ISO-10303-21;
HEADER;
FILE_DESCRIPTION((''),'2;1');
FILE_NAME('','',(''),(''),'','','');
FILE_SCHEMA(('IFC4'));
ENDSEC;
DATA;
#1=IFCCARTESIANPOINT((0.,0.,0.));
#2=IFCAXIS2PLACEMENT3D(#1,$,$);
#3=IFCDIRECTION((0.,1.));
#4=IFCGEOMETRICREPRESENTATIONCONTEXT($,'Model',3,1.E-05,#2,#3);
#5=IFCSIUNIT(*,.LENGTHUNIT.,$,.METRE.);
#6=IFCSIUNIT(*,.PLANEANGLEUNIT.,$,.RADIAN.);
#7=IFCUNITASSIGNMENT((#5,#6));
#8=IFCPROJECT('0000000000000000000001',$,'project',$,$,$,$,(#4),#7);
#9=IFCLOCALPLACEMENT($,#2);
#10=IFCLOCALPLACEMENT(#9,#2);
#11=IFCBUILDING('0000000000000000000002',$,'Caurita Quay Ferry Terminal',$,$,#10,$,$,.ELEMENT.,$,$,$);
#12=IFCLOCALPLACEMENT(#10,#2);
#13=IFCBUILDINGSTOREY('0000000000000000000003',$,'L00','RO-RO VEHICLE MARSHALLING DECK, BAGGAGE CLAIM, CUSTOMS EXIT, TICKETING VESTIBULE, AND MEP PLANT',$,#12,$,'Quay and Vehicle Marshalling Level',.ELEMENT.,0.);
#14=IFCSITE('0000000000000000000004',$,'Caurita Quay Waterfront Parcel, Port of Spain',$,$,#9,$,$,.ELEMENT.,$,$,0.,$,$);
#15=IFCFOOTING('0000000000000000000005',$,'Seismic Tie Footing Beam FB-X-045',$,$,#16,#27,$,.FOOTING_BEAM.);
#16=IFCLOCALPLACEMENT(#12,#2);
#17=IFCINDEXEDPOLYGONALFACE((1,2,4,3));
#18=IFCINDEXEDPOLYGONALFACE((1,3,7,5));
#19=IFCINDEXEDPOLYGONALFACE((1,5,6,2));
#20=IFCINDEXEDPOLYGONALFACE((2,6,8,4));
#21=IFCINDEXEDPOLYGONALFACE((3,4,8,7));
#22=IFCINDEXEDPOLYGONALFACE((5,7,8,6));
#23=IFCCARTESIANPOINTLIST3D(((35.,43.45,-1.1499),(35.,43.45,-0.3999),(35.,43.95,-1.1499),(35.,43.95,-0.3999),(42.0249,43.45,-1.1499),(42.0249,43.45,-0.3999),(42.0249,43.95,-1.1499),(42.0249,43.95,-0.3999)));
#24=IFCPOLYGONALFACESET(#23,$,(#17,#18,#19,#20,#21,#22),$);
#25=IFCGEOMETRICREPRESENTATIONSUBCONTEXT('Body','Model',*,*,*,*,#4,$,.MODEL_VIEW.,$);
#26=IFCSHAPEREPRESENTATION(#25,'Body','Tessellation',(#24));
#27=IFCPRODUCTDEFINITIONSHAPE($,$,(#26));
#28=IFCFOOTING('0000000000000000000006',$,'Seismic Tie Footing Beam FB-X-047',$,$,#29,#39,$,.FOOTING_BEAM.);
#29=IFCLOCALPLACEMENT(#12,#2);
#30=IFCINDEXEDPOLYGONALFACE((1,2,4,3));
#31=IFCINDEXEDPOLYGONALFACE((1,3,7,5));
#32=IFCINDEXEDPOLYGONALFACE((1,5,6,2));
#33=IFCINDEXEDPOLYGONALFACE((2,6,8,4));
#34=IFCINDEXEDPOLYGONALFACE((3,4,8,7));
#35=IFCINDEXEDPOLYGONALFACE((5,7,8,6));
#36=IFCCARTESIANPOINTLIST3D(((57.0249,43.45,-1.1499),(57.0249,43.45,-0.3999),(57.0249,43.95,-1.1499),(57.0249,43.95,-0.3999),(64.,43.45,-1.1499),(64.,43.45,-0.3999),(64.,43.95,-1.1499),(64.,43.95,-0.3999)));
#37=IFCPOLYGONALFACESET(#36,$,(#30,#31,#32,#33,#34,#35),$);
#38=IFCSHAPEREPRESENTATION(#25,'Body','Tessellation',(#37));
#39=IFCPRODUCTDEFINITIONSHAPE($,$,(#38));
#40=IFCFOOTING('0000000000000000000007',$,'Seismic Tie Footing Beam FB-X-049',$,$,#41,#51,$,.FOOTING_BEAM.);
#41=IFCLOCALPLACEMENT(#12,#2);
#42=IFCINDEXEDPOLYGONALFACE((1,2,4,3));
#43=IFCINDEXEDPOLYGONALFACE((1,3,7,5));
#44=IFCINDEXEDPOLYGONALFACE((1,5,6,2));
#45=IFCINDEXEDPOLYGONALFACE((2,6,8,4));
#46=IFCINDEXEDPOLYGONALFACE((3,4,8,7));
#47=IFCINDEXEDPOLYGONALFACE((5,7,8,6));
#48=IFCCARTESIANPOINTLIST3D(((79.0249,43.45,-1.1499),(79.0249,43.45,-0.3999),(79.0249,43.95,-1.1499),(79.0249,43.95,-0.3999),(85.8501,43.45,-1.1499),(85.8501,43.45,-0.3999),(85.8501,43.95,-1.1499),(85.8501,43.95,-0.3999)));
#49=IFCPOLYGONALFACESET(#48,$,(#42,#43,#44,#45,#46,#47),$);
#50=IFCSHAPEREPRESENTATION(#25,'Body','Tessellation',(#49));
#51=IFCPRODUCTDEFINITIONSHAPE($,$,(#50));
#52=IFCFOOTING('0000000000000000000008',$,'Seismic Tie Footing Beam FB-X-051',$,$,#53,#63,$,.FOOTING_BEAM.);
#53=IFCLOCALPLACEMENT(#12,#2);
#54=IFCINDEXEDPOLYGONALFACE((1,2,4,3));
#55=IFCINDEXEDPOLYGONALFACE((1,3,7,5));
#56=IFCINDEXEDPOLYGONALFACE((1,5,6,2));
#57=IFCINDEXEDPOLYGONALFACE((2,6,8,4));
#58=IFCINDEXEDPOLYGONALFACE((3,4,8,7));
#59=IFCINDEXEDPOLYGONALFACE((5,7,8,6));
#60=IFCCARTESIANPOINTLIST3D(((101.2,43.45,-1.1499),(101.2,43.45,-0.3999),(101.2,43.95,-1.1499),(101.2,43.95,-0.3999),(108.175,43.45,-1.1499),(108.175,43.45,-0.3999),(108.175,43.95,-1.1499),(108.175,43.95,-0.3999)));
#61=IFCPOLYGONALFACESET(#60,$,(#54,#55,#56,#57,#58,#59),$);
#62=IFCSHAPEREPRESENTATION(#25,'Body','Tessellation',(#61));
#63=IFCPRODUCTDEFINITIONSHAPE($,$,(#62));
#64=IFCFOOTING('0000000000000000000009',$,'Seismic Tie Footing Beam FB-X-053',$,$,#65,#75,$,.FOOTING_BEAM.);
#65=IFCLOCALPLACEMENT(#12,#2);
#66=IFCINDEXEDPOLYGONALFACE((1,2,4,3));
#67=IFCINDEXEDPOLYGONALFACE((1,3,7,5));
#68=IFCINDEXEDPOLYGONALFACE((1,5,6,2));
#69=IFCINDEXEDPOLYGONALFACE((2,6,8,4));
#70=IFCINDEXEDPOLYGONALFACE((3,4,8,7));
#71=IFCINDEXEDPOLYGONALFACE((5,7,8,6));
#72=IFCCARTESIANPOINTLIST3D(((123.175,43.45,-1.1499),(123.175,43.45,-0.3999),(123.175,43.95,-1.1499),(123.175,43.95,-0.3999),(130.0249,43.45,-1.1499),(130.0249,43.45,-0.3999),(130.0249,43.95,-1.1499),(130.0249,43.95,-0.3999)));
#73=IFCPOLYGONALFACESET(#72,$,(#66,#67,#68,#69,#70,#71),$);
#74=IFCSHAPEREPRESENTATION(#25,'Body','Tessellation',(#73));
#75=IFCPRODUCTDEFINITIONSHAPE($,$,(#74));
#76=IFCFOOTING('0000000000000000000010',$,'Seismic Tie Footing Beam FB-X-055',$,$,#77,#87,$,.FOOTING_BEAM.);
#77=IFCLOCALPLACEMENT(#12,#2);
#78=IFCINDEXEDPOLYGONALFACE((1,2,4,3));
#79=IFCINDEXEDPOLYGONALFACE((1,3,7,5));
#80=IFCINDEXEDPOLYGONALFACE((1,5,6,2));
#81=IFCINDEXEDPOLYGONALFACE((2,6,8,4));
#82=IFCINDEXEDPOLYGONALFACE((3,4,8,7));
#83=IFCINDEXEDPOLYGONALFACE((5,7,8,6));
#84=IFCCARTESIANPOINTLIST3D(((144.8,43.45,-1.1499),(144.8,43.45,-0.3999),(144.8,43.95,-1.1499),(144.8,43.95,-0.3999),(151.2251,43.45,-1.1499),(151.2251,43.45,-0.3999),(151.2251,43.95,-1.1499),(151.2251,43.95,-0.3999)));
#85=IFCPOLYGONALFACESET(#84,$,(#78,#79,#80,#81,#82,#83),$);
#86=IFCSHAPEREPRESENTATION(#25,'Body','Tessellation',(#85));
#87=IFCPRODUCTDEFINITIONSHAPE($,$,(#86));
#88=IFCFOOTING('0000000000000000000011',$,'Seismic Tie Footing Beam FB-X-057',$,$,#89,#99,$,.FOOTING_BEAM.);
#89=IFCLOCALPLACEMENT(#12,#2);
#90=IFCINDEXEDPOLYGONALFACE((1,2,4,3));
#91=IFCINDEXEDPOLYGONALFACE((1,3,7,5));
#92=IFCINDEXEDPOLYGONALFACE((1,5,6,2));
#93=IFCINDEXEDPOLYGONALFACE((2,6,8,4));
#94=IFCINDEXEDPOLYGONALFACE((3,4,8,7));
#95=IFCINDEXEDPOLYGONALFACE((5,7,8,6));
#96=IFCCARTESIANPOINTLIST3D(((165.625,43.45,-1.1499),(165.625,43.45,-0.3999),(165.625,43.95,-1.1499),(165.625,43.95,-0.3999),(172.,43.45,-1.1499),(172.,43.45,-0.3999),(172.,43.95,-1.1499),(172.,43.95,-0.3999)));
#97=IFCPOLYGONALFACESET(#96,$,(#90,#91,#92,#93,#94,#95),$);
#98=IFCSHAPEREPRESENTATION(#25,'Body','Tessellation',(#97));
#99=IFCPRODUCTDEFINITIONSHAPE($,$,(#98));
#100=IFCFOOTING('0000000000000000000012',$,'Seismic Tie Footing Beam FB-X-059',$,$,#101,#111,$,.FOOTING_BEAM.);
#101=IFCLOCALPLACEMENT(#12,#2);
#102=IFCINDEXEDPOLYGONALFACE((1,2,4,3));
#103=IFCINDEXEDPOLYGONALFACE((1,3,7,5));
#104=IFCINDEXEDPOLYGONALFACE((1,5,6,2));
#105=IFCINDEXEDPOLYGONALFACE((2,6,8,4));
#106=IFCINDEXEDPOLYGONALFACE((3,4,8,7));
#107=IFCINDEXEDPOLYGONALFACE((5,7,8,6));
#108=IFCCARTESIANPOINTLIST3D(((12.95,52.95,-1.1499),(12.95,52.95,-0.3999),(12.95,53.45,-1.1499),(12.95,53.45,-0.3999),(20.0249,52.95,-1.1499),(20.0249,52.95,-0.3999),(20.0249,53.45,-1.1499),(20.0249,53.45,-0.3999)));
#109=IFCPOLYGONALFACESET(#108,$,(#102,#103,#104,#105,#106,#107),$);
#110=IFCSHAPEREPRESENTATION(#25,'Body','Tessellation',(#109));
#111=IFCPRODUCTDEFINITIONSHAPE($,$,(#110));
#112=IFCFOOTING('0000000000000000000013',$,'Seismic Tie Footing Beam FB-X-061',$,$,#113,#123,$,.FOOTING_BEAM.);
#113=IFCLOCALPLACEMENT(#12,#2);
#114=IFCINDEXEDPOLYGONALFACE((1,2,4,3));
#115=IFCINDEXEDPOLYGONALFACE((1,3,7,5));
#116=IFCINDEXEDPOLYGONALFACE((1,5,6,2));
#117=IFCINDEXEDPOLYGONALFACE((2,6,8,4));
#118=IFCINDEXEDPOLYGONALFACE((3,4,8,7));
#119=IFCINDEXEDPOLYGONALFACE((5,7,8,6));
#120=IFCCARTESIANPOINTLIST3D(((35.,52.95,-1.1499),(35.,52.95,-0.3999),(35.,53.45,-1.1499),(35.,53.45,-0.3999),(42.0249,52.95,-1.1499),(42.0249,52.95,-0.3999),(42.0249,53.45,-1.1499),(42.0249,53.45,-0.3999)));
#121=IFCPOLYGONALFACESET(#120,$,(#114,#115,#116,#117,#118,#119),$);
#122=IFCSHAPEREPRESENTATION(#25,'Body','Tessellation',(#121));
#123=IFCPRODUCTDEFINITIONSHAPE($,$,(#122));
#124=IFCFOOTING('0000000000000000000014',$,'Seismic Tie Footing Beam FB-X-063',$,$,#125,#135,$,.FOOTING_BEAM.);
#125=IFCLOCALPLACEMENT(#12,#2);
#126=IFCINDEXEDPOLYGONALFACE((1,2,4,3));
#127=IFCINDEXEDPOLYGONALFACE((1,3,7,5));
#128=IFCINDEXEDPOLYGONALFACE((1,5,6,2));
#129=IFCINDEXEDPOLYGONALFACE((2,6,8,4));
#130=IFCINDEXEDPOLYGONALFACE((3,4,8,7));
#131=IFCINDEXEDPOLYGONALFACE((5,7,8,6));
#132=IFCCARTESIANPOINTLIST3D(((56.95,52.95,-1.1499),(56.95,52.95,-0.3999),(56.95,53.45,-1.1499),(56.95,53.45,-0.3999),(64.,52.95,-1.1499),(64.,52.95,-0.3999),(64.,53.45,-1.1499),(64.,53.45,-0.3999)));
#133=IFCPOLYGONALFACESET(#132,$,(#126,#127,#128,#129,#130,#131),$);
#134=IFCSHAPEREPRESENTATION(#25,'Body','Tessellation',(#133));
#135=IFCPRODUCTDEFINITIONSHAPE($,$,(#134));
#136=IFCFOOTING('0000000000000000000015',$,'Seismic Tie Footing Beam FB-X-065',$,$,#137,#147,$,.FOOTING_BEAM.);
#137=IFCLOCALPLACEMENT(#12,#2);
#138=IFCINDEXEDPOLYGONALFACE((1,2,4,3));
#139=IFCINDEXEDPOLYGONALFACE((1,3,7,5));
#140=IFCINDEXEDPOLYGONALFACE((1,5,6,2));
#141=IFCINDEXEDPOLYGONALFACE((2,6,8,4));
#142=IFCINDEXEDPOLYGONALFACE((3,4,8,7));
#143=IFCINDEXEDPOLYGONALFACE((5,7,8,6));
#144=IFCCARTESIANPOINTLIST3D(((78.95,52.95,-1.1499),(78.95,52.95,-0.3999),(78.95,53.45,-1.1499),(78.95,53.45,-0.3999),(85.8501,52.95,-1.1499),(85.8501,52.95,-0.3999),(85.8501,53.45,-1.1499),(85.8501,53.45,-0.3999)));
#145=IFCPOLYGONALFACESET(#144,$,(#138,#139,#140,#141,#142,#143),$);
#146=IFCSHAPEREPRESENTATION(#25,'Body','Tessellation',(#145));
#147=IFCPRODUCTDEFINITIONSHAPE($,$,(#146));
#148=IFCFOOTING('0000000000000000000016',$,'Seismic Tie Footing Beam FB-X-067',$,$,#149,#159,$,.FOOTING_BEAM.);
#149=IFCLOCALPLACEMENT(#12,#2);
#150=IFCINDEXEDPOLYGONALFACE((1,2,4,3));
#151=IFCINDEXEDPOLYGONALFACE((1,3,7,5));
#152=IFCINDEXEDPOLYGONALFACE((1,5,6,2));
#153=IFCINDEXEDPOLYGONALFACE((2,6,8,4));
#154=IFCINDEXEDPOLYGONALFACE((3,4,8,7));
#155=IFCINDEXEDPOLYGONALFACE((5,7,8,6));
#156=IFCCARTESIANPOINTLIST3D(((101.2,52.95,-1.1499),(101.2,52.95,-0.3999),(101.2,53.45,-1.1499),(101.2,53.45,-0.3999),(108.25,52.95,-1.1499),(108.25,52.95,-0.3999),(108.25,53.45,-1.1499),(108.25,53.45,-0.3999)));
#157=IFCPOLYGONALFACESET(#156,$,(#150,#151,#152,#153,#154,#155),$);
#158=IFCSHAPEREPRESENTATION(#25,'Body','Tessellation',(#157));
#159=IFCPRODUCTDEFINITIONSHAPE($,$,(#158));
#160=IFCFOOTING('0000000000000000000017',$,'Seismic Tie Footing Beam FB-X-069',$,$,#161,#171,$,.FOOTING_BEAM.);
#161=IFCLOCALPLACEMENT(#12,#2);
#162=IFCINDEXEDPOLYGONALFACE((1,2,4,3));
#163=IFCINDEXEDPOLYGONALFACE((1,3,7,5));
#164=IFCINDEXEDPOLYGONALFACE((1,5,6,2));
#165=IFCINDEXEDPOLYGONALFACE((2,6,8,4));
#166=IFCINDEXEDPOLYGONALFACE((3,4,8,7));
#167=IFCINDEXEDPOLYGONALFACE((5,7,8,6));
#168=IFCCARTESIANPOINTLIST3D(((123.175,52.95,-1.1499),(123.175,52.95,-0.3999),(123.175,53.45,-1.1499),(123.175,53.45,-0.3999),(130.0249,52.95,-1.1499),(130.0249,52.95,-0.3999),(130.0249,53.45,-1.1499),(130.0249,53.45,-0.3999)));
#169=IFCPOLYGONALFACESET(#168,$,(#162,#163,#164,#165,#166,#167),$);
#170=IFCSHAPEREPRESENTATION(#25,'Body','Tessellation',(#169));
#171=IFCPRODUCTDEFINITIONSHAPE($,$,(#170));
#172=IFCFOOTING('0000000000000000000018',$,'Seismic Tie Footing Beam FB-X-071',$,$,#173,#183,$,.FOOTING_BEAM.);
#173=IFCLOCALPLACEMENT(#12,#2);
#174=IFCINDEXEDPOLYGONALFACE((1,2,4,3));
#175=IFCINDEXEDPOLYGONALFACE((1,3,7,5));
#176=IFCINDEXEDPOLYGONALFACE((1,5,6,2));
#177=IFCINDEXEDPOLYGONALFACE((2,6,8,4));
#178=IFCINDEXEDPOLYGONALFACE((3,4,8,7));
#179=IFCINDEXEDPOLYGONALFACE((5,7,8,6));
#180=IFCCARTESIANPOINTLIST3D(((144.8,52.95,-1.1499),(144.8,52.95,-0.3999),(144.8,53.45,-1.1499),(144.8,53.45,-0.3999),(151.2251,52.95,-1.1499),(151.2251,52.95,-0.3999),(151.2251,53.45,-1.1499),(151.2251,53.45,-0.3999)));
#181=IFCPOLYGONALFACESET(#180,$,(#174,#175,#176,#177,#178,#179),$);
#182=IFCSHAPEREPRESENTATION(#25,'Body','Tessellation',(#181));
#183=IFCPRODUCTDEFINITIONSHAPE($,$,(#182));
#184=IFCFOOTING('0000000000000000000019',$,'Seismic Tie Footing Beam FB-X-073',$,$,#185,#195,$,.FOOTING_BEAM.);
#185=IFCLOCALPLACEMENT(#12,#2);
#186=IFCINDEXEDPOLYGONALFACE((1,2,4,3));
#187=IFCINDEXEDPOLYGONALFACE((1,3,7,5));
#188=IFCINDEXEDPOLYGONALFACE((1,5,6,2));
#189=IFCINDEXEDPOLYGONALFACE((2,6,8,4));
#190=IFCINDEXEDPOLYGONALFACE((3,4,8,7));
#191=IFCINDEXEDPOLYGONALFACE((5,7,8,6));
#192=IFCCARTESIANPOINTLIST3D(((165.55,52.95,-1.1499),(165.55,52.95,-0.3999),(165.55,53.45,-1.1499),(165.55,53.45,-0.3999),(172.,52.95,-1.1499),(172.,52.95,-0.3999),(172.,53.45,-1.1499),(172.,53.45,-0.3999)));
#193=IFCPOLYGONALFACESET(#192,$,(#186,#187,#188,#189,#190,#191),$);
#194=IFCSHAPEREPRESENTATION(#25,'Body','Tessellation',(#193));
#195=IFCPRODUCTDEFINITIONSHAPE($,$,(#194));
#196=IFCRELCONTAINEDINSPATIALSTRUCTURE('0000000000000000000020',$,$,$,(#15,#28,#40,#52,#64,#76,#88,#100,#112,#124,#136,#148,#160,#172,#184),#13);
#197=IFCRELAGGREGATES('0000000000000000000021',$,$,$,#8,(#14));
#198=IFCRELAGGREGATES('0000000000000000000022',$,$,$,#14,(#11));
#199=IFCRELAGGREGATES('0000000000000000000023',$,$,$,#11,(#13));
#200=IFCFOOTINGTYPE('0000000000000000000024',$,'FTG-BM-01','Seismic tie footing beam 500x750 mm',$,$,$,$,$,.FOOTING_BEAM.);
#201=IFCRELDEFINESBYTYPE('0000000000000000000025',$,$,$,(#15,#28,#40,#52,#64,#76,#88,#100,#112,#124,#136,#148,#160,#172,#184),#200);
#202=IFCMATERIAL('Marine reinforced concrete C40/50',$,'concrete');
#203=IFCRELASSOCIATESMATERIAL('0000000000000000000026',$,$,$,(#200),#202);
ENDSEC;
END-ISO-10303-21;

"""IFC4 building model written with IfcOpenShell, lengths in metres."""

from ifc_helpers import new_model, si_unit, direction, frame, origin, place, context, subcontext, project, spatial, polyline, outline, extrude, material, type_object, element, save


model = new_model("IFC4")

# Units and contexts
model_context = context("Model", 3, precision=1e-05, world=origin(), true_north=direction((0.0, 1.0)))
body_context = subcontext(model_context, "Body", "Model", "MODEL_VIEW")
ifc_project = project(units=[si_unit("LENGTHUNIT", "METRE"), si_unit("PLANEANGLEUNIT", "RADIAN")], contexts=[model_context])

# Site, building, storey
site_placement = place(None, origin())
site = spatial("IfcSite", under=ifc_project, at=site_placement, Name="Caurita Quay Waterfront Parcel, Port of Spain", CompositionType="ELEMENT", RefElevation=0.0)
building_placement = place(site_placement, origin())
building = spatial("IfcBuilding", under=site, at=building_placement, Name="Caurita Quay Ferry Terminal", CompositionType="ELEMENT")
storey_placement = place(building_placement, origin())
storey = spatial("IfcBuildingStorey", under=building, at=storey_placement, Name="L00", Description="RO-RO VEHICLE MARSHALLING DECK, BAGGAGE CLAIM, CUSTOMS EXIT, TICKETING VESTIBULE, AND MEP PLANT", LongName="Quay and Vehicle Marshalling Level", CompositionType="ELEMENT", Elevation=0.0)

# Footings
ifc_material = material(Name="Marine reinforced concrete C40/50", Category="concrete")
footing_type = type_object("IfcFootingType", Name="FTG-BM-01", Description="Seismic tie footing beam 500x750 mm", PredefinedType="FOOTING_BEAM", material=ifc_material)
footing_1_placement = place(storey_placement, frame((0.0, 0.0, -1.1499)))
element("IfcFooting", 1, at=footing_1_placement, inside=storey, type_object=footing_type, Name="Seismic Tie Footing Beam FB-X-045", PredefinedType="FOOTING_BEAM", context=body_context, shape_type="SweptSolid", body=[
    extrude(outline(polyline([(35.0, 43.45), (42.0249, 43.45), (42.0249, 43.95), (35.0, 43.95), (35.0, 43.45)])), origin(), (0.0, 0.0, 1.0), 0.75),
])
footing_2_placement = place(storey_placement, frame((0.0, 0.0, -1.1499)))
element("IfcFooting", 2, at=footing_2_placement, inside=storey, type_object=footing_type, Name="Seismic Tie Footing Beam FB-X-047", PredefinedType="FOOTING_BEAM", context=body_context, shape_type="SweptSolid", body=[
    extrude(outline(polyline([(57.0249, 43.45), (64.0, 43.45), (64.0, 43.95), (57.0249, 43.95), (57.0249, 43.45)])), origin(), (0.0, 0.0, 1.0), 0.75),
])
footing_3_placement = place(storey_placement, frame((0.0, 0.0, -1.1499)))
element("IfcFooting", 3, at=footing_3_placement, inside=storey, type_object=footing_type, Name="Seismic Tie Footing Beam FB-X-049", PredefinedType="FOOTING_BEAM", context=body_context, shape_type="SweptSolid", body=[
    extrude(outline(polyline([(79.0249, 43.45), (85.8501, 43.45), (85.8501, 43.95), (79.0249, 43.95), (79.0249, 43.45)])), origin(), (0.0, 0.0, 1.0), 0.75),
])
footing_4_placement = place(storey_placement, frame((0.0, 0.0, -1.1499)))
element("IfcFooting", 4, at=footing_4_placement, inside=storey, type_object=footing_type, Name="Seismic Tie Footing Beam FB-X-051", PredefinedType="FOOTING_BEAM", context=body_context, shape_type="SweptSolid", body=[
    extrude(outline(polyline([(101.2, 43.45), (108.175, 43.45), (108.175, 43.95), (101.2, 43.95), (101.2, 43.45)])), origin(), (0.0, 0.0, 1.0), 0.75),
])
footing_5_placement = place(storey_placement, frame((0.0, 0.0, -1.1499)))
element("IfcFooting", 5, at=footing_5_placement, inside=storey, type_object=footing_type, Name="Seismic Tie Footing Beam FB-X-053", PredefinedType="FOOTING_BEAM", context=body_context, shape_type="SweptSolid", body=[
    extrude(outline(polyline([(123.175, 43.45), (130.0249, 43.45), (130.0249, 43.95), (123.175, 43.95), (123.175, 43.45)])), origin(), (0.0, 0.0, 1.0), 0.75),
])
footing_6_placement = place(storey_placement, frame((0.0, 0.0, -1.1499)))
element("IfcFooting", 6, at=footing_6_placement, inside=storey, type_object=footing_type, Name="Seismic Tie Footing Beam FB-X-055", PredefinedType="FOOTING_BEAM", context=body_context, shape_type="SweptSolid", body=[
    extrude(outline(polyline([(144.8, 43.45), (151.2251, 43.45), (151.2251, 43.95), (144.8, 43.95), (144.8, 43.45)])), origin(), (0.0, 0.0, 1.0), 0.75),
])
footing_7_placement = place(storey_placement, frame((0.0, 0.0, -1.1499)))
element("IfcFooting", 7, at=footing_7_placement, inside=storey, type_object=footing_type, Name="Seismic Tie Footing Beam FB-X-057", PredefinedType="FOOTING_BEAM", context=body_context, shape_type="SweptSolid", body=[
    extrude(outline(polyline([(165.625, 43.45), (172.0, 43.45), (172.0, 43.95), (165.625, 43.95), (165.625, 43.45)])), origin(), (0.0, 0.0, 1.0), 0.75),
])
footing_8_placement = place(storey_placement, frame((0.0, 0.0, -1.1499)))
element("IfcFooting", 8, at=footing_8_placement, inside=storey, type_object=footing_type, Name="Seismic Tie Footing Beam FB-X-059", PredefinedType="FOOTING_BEAM", context=body_context, shape_type="SweptSolid", body=[
    extrude(outline(polyline([(12.95, 52.95), (20.0249, 52.95), (20.0249, 53.45), (12.95, 53.45), (12.95, 52.95)])), origin(), (0.0, 0.0, 1.0), 0.75),
])
footing_9_placement = place(storey_placement, frame((0.0, 0.0, -1.1499)))
element("IfcFooting", 9, at=footing_9_placement, inside=storey, type_object=footing_type, Name="Seismic Tie Footing Beam FB-X-061", PredefinedType="FOOTING_BEAM", context=body_context, shape_type="SweptSolid", body=[
    extrude(outline(polyline([(35.0, 52.95), (42.0249, 52.95), (42.0249, 53.45), (35.0, 53.45), (35.0, 52.95)])), origin(), (0.0, 0.0, 1.0), 0.75),
])
footing_10_placement = place(storey_placement, frame((0.0, 0.0, -1.1499)))
element("IfcFooting", 10, at=footing_10_placement, inside=storey, type_object=footing_type, Name="Seismic Tie Footing Beam FB-X-063", PredefinedType="FOOTING_BEAM", context=body_context, shape_type="SweptSolid", body=[
    extrude(outline(polyline([(56.95, 52.95), (64.0, 52.95), (64.0, 53.45), (56.95, 53.45), (56.95, 52.95)])), origin(), (0.0, 0.0, 1.0), 0.75),
])
footing_11_placement = place(storey_placement, frame((0.0, 0.0, -1.1499)))
element("IfcFooting", 11, at=footing_11_placement, inside=storey, type_object=footing_type, Name="Seismic Tie Footing Beam FB-X-065", PredefinedType="FOOTING_BEAM", context=body_context, shape_type="SweptSolid", body=[
    extrude(outline(polyline([(78.95, 52.95), (85.8501, 52.95), (85.8501, 53.45), (78.95, 53.45), (78.95, 52.95)])), origin(), (0.0, 0.0, 1.0), 0.75),
])
footing_12_placement = place(storey_placement, frame((0.0, 0.0, -1.1499)))
element("IfcFooting", 12, at=footing_12_placement, inside=storey, type_object=footing_type, Name="Seismic Tie Footing Beam FB-X-067", PredefinedType="FOOTING_BEAM", context=body_context, shape_type="SweptSolid", body=[
    extrude(outline(polyline([(101.2, 52.95), (108.25, 52.95), (108.25, 53.45), (101.2, 53.45), (101.2, 52.95)])), origin(), (0.0, 0.0, 1.0), 0.75),
])
footing_13_placement = place(storey_placement, frame((0.0, 0.0, -1.1499)))
element("IfcFooting", 13, at=footing_13_placement, inside=storey, type_object=footing_type, Name="Seismic Tie Footing Beam FB-X-069", PredefinedType="FOOTING_BEAM", context=body_context, shape_type="SweptSolid", body=[
    extrude(outline(polyline([(123.175, 52.95), (130.0249, 52.95), (130.0249, 53.45), (123.175, 53.45), (123.175, 52.95)])), origin(), (0.0, 0.0, 1.0), 0.75),
])
footing_14_placement = place(storey_placement, frame((0.0, 0.0, -1.1499)))
element("IfcFooting", 14, at=footing_14_placement, inside=storey, type_object=footing_type, Name="Seismic Tie Footing Beam FB-X-071", PredefinedType="FOOTING_BEAM", context=body_context, shape_type="SweptSolid", body=[
    extrude(outline(polyline([(144.8, 52.95), (151.2251, 52.95), (151.2251, 53.45), (144.8, 53.45), (144.8, 52.95)])), origin(), (0.0, 0.0, 1.0), 0.75),
])
footing_15_placement = place(storey_placement, frame((0.0, 0.0, -1.1499)))
element("IfcFooting", 15, at=footing_15_placement, inside=storey, type_object=footing_type, Name="Seismic Tie Footing Beam FB-X-073", PredefinedType="FOOTING_BEAM", context=body_context, shape_type="SweptSolid", body=[
    extrude(outline(polyline([(165.55, 52.95), (172.0, 52.95), (172.0, 53.45), (165.55, 53.45), (165.55, 52.95)])), origin(), (0.0, 0.0, 1.0), 0.75),
])

save(model, "model.ifc")
